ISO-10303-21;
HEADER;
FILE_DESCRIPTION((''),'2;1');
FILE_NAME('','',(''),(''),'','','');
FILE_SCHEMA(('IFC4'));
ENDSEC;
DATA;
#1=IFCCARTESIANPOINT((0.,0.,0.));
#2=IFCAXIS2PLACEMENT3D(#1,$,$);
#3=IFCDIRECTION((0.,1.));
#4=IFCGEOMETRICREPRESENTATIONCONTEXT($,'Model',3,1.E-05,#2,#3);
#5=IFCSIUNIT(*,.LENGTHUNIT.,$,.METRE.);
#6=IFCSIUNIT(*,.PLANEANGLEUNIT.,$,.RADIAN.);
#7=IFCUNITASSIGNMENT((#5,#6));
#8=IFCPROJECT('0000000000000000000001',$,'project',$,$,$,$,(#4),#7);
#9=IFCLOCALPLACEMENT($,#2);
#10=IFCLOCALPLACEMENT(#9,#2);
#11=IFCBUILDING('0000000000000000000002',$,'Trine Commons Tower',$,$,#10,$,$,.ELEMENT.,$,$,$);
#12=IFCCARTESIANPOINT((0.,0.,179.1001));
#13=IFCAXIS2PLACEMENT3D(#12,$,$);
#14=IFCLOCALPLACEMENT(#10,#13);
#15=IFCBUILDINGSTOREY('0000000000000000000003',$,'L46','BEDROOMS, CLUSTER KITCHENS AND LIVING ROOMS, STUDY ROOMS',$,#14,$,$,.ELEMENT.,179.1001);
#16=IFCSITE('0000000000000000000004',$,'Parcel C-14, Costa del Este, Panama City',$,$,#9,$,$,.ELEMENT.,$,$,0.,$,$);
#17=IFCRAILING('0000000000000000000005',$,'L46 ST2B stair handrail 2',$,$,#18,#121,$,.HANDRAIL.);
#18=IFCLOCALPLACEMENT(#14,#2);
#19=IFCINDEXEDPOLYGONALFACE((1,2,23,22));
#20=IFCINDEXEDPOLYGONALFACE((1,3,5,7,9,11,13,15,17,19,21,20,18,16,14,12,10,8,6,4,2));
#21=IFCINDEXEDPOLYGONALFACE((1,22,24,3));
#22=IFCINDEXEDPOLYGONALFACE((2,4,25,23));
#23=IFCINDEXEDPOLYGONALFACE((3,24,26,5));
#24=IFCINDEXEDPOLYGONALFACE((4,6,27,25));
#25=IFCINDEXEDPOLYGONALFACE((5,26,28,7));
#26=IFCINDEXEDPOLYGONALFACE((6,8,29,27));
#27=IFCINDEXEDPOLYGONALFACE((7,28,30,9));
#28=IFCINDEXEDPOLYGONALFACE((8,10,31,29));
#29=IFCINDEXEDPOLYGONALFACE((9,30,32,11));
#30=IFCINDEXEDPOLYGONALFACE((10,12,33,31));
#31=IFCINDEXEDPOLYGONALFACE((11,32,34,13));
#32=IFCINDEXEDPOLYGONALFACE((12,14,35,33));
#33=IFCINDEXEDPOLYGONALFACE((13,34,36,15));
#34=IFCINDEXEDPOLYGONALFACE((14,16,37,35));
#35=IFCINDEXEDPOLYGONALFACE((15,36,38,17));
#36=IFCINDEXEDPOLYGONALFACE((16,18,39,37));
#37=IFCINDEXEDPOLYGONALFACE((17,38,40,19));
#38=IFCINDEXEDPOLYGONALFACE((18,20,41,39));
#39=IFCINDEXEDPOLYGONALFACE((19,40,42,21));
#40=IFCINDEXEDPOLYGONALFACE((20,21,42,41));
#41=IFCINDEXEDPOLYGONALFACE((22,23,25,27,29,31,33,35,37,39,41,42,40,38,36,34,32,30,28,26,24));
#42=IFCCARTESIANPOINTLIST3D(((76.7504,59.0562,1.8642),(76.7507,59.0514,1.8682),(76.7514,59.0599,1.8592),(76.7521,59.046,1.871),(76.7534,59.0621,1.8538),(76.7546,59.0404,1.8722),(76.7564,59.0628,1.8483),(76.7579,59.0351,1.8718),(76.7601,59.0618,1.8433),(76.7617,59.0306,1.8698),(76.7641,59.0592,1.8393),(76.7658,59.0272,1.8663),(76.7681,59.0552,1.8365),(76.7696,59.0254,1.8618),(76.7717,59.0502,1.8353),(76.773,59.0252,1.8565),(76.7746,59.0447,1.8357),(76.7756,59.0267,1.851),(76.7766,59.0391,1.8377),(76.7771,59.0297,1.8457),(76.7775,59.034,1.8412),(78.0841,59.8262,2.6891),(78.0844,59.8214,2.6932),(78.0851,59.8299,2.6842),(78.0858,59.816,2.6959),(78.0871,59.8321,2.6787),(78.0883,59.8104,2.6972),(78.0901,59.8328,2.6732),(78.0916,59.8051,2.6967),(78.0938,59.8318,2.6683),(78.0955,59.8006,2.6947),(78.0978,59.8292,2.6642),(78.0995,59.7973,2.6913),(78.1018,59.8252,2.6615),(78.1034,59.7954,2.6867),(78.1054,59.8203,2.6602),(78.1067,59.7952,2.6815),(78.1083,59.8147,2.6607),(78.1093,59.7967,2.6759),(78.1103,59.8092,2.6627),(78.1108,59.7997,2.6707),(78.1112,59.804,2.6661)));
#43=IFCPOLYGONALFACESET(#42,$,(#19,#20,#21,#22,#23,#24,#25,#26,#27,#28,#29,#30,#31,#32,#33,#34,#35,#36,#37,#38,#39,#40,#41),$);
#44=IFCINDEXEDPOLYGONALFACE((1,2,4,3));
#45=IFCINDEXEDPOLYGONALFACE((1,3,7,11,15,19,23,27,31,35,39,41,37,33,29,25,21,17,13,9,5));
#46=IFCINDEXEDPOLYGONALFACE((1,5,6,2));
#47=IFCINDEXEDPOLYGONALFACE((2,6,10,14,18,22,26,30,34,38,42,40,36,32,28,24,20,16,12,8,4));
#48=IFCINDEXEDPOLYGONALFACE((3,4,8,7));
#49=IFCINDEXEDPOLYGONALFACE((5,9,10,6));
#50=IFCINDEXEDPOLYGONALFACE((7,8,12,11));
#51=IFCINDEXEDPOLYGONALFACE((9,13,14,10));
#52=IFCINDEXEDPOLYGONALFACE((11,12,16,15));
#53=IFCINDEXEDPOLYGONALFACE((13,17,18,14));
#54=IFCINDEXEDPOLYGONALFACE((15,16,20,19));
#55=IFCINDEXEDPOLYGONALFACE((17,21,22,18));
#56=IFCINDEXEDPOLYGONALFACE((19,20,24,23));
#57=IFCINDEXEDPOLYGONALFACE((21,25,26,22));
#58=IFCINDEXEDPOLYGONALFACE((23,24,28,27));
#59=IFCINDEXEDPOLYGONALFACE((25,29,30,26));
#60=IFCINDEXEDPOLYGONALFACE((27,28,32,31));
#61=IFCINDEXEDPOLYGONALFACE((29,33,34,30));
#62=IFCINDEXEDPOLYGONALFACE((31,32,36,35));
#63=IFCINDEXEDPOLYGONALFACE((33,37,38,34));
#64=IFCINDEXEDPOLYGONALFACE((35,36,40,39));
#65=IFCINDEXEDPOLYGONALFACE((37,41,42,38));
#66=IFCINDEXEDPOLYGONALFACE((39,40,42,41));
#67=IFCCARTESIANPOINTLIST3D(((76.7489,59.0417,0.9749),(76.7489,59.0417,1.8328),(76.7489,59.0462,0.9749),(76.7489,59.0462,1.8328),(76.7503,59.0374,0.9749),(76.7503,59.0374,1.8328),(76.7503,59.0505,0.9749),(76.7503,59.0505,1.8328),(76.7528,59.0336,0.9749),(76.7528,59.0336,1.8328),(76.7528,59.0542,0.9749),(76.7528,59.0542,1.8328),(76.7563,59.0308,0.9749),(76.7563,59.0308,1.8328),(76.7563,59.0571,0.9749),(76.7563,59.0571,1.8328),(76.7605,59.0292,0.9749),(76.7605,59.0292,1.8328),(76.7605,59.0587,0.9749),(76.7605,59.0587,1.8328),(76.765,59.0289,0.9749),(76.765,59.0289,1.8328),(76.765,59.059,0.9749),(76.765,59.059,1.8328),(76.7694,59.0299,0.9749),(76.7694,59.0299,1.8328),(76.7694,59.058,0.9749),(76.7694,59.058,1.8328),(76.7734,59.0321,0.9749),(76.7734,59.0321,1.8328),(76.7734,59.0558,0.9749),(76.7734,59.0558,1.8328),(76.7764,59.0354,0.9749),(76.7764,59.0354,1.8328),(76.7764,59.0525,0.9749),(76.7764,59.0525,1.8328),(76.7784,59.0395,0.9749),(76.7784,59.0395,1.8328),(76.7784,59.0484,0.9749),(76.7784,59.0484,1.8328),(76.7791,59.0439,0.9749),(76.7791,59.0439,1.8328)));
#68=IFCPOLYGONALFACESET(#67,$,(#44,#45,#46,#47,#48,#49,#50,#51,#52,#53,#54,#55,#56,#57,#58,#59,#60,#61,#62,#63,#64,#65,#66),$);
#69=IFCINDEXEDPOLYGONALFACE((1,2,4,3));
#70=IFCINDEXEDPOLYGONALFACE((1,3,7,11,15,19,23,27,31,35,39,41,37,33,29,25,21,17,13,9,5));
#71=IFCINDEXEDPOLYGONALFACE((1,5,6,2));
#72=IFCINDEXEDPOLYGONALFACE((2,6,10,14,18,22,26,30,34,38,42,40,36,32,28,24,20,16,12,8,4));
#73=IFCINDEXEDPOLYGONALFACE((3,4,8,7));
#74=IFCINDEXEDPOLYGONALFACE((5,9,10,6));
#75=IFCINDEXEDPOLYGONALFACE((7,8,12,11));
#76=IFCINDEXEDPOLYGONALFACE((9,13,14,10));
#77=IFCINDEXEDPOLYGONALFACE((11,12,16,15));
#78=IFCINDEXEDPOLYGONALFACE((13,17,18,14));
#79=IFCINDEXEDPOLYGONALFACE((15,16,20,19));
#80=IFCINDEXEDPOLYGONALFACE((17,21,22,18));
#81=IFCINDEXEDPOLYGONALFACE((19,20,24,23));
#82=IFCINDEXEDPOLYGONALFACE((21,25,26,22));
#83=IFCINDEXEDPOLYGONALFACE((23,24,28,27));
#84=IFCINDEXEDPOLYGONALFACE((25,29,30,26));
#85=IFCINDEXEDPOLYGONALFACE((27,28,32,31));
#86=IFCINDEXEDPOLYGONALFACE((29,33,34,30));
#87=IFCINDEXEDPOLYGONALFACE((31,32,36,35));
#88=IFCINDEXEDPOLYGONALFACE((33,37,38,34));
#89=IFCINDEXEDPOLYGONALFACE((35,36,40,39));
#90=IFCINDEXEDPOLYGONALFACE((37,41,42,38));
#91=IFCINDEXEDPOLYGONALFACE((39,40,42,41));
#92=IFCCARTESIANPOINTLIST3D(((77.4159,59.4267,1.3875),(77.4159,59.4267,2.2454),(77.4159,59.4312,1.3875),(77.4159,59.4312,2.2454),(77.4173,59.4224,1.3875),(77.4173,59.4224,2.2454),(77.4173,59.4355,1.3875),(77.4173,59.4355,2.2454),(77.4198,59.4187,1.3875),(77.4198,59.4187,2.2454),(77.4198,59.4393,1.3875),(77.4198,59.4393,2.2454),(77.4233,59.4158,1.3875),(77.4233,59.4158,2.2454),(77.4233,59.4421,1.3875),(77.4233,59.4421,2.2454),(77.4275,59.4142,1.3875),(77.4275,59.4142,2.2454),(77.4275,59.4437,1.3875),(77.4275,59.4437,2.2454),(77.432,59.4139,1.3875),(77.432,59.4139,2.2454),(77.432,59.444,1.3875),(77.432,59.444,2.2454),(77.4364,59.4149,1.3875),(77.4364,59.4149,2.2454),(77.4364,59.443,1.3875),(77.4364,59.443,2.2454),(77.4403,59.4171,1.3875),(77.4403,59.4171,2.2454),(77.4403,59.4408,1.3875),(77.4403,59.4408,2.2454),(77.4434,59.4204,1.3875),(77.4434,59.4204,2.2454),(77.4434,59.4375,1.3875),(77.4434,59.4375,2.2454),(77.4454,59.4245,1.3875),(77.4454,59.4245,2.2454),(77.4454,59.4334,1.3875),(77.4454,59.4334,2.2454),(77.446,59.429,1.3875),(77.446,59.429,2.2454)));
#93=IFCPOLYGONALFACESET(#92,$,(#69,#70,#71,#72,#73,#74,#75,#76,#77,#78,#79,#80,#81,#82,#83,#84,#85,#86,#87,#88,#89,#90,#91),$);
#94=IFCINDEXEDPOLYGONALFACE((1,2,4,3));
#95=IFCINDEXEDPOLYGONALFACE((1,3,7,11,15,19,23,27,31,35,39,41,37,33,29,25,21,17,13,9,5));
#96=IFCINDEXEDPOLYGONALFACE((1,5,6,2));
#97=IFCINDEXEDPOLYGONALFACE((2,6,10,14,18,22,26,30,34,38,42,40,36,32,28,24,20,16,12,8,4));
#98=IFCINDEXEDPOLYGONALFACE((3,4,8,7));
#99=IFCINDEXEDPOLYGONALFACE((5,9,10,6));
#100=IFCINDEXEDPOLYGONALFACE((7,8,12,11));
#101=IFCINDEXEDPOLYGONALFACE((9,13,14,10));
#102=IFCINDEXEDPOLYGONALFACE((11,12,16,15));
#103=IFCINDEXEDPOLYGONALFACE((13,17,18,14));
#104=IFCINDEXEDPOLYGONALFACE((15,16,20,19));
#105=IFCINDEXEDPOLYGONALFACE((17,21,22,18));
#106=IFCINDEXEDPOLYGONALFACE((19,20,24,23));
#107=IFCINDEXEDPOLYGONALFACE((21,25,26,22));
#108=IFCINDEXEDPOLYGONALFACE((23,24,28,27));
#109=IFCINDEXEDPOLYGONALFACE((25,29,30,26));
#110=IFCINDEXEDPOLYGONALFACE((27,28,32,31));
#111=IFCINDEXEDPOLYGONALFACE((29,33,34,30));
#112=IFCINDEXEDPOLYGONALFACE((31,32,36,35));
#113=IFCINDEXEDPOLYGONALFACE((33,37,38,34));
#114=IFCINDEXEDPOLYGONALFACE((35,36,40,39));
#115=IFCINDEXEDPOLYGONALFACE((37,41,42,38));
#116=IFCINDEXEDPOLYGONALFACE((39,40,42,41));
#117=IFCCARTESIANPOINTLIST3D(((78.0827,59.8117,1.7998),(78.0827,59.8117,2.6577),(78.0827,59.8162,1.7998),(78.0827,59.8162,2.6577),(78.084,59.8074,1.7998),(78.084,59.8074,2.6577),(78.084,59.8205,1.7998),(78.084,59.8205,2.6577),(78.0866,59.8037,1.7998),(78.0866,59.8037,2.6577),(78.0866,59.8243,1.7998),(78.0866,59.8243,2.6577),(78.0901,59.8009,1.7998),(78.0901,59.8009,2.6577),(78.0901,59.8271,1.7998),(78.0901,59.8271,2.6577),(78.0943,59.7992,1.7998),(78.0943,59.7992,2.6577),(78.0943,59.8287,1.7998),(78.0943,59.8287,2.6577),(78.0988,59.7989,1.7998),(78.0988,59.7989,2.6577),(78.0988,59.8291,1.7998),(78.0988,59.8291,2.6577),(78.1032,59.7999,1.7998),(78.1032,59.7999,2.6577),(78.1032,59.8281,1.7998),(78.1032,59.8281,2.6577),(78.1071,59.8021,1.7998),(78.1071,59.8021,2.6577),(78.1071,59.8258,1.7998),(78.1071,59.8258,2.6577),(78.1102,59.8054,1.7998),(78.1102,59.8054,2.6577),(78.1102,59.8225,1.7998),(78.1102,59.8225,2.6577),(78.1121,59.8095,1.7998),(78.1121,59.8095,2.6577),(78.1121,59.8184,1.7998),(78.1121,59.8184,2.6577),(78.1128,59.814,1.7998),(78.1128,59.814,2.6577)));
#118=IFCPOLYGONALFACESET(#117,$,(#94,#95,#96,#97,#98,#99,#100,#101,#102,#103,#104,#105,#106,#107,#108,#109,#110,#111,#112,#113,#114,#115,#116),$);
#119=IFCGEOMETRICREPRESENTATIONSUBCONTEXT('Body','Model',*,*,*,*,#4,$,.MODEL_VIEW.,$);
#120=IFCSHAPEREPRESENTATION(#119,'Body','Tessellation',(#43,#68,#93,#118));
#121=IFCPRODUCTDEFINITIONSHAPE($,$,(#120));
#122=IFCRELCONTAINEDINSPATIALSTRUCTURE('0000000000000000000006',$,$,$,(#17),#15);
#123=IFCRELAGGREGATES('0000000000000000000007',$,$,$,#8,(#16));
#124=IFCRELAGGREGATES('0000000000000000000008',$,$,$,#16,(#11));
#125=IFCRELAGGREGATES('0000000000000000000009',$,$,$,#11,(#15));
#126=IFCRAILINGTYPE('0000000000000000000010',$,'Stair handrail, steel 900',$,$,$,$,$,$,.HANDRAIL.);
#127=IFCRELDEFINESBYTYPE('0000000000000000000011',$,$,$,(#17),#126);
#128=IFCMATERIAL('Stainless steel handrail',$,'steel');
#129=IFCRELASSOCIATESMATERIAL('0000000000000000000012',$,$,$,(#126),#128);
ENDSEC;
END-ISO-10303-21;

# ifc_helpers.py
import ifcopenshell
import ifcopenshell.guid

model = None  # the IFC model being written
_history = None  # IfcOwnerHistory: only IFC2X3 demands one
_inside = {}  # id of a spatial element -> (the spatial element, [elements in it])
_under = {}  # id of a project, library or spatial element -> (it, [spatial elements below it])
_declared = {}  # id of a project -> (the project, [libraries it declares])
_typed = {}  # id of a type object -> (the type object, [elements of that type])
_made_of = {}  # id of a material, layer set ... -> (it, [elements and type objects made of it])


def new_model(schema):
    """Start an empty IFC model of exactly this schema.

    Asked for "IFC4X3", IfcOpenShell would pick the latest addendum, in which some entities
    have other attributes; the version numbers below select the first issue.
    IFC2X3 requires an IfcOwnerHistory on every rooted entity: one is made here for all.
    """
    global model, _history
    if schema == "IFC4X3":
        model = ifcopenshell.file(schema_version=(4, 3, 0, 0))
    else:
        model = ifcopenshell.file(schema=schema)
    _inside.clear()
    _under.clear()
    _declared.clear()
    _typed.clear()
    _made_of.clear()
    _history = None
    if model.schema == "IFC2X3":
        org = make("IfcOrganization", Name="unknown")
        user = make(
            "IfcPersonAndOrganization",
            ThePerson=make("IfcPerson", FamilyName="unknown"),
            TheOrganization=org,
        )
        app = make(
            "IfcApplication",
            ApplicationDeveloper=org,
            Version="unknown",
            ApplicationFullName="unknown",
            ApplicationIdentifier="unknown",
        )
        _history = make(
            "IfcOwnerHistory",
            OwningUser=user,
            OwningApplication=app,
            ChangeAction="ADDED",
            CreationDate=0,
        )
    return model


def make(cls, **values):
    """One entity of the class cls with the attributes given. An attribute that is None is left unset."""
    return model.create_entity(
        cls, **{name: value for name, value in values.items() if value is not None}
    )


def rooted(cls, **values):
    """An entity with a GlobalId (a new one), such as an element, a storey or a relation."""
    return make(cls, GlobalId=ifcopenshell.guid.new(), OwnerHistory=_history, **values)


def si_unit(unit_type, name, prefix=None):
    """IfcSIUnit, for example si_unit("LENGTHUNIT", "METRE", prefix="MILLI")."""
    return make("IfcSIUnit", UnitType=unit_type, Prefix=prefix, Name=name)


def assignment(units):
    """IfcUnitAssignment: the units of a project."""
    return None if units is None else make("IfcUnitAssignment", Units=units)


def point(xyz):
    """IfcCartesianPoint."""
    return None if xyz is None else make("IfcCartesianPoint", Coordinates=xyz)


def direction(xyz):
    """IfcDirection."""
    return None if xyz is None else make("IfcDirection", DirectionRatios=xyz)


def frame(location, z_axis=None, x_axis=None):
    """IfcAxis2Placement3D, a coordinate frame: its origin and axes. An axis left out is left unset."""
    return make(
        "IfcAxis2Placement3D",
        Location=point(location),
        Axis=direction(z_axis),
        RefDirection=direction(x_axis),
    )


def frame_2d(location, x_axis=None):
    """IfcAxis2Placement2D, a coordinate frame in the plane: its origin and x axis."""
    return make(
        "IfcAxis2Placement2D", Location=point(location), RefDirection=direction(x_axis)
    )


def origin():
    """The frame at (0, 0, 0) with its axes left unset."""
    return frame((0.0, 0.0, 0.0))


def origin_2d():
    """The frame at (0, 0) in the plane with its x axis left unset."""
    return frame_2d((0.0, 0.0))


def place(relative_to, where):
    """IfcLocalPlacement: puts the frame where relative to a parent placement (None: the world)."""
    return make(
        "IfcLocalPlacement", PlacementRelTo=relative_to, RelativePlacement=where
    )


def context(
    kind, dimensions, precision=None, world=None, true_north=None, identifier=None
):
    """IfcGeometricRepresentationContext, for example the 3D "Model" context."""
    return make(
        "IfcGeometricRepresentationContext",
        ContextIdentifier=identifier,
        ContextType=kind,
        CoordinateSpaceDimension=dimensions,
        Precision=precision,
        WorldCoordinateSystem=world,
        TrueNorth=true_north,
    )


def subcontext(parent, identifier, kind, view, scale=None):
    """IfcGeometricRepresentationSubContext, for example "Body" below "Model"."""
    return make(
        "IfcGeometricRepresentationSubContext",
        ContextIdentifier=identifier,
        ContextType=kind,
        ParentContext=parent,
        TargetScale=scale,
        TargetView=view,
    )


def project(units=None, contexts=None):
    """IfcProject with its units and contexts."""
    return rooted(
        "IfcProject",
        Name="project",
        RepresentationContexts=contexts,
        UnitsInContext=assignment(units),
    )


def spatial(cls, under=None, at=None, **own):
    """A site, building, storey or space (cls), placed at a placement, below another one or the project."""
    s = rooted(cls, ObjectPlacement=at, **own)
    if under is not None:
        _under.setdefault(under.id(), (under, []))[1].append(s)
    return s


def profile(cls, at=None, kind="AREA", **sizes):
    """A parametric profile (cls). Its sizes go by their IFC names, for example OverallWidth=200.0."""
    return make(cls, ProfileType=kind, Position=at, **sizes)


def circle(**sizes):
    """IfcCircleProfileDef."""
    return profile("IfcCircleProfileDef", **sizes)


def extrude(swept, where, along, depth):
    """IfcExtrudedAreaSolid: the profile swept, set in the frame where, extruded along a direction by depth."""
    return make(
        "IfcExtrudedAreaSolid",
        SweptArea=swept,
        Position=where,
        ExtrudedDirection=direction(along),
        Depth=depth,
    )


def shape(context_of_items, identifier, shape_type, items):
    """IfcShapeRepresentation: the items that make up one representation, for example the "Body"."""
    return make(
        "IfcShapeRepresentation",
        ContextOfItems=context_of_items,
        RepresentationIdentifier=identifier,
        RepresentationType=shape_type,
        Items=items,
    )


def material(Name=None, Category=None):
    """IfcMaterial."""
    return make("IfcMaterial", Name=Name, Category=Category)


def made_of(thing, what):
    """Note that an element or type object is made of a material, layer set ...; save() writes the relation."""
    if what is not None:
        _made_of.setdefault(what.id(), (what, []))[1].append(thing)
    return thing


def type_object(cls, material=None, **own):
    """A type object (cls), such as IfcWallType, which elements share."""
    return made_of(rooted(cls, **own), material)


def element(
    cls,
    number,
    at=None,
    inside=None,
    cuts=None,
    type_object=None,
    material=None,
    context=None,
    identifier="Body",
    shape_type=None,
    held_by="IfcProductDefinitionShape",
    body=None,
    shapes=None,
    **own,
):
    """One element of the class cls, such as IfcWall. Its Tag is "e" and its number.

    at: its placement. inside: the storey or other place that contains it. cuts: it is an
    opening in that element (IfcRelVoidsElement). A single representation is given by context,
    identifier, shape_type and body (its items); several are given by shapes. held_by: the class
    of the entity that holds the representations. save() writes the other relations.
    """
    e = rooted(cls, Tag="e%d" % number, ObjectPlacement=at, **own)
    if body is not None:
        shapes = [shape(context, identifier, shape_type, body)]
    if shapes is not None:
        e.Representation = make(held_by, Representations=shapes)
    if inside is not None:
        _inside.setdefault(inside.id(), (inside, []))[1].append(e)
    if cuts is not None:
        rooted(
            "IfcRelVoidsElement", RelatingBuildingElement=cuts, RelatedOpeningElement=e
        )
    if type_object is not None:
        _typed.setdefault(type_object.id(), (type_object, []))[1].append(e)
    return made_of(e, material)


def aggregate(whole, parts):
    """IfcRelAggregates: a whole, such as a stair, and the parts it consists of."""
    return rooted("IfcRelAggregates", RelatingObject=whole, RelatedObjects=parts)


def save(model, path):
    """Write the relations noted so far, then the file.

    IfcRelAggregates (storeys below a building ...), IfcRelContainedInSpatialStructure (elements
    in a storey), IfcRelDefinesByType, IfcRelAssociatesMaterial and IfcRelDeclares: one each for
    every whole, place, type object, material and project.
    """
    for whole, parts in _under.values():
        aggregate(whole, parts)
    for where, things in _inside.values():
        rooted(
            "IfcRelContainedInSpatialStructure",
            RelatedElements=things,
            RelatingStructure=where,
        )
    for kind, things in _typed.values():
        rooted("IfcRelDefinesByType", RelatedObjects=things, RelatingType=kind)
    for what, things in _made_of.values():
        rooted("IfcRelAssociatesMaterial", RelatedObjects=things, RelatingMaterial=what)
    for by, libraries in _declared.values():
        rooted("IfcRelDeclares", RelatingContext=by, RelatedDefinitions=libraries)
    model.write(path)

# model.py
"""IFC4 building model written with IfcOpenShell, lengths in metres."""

from ifc_helpers import new_model, si_unit, direction, frame, origin, origin_2d, place, context, subcontext, project, spatial, circle, extrude, material, type_object, element, save


model = new_model("IFC4")

# Units and contexts
model_context = context("Model", 3, precision=1e-05, world=origin(), true_north=direction((0.0, 1.0)))
body_context = subcontext(model_context, "Body", "Model", "MODEL_VIEW")
ifc_project = project(units=[si_unit("LENGTHUNIT", "METRE"), si_unit("PLANEANGLEUNIT", "RADIAN")], contexts=[model_context])

# Site, building, storey
site_placement = place(None, origin())
site = spatial("IfcSite", under=ifc_project, at=site_placement, Name="Parcel C-14, Costa del Este, Panama City", CompositionType="ELEMENT", RefElevation=0.0)
building_placement = place(site_placement, origin())
building = spatial("IfcBuilding", under=site, at=building_placement, Name="Trine Commons Tower", CompositionType="ELEMENT")
storey_placement = place(building_placement, frame((0.0, 0.0, 179.1001)))
storey = spatial("IfcBuildingStorey", under=building, at=storey_placement, Name="L46", Description="BEDROOMS, CLUSTER KITCHENS AND LIVING ROOMS, STUDY ROOMS", CompositionType="ELEMENT", Elevation=179.1001)

# Railing
ifc_material_1 = material(Name="Stainless steel handrail", Category="steel")
railing_type_1 = type_object("IfcRailingType", Name="Stair handrail, steel 900", PredefinedType="HANDRAIL", material=ifc_material_1)
for number, where, name in (
    (1, (76.7639, 59.0439, 0.9749), "L46 ST2B stair handrail 2"),
):
    element("IfcRailing", number, at=place(storey_placement, frame(where)), inside=storey, type_object=railing_type_1, Name=name, PredefinedType="HANDRAIL", context=body_context, shape_type="SweptSolid", body=[
        extrude(circle(Radius=0.021, at=origin_2d()), frame((0.0, 0.0, 0.8789), z_axis=(0.763405, 0.440743, 0.472185), x_axis=(-0.499992, 0.86603, 0.0)), (0.0, 0.0, 1.0), 1.7471),
        extrude(circle(Radius=0.0151, at=origin_2d()), origin(), (0.0, 0.0, 1.0), 0.8579),
        extrude(circle(Radius=0.0151, at=origin_2d()), frame((0.667, 0.385, 0.4126)), (0.0, 0.0, 1.0), 0.8579),
        extrude(circle(Radius=0.0151, at=origin_2d()), frame((1.3337, 0.77, 0.825)), (0.0, 0.0, 1.0), 0.8579),
    ])

save(model, "model.ifc")
